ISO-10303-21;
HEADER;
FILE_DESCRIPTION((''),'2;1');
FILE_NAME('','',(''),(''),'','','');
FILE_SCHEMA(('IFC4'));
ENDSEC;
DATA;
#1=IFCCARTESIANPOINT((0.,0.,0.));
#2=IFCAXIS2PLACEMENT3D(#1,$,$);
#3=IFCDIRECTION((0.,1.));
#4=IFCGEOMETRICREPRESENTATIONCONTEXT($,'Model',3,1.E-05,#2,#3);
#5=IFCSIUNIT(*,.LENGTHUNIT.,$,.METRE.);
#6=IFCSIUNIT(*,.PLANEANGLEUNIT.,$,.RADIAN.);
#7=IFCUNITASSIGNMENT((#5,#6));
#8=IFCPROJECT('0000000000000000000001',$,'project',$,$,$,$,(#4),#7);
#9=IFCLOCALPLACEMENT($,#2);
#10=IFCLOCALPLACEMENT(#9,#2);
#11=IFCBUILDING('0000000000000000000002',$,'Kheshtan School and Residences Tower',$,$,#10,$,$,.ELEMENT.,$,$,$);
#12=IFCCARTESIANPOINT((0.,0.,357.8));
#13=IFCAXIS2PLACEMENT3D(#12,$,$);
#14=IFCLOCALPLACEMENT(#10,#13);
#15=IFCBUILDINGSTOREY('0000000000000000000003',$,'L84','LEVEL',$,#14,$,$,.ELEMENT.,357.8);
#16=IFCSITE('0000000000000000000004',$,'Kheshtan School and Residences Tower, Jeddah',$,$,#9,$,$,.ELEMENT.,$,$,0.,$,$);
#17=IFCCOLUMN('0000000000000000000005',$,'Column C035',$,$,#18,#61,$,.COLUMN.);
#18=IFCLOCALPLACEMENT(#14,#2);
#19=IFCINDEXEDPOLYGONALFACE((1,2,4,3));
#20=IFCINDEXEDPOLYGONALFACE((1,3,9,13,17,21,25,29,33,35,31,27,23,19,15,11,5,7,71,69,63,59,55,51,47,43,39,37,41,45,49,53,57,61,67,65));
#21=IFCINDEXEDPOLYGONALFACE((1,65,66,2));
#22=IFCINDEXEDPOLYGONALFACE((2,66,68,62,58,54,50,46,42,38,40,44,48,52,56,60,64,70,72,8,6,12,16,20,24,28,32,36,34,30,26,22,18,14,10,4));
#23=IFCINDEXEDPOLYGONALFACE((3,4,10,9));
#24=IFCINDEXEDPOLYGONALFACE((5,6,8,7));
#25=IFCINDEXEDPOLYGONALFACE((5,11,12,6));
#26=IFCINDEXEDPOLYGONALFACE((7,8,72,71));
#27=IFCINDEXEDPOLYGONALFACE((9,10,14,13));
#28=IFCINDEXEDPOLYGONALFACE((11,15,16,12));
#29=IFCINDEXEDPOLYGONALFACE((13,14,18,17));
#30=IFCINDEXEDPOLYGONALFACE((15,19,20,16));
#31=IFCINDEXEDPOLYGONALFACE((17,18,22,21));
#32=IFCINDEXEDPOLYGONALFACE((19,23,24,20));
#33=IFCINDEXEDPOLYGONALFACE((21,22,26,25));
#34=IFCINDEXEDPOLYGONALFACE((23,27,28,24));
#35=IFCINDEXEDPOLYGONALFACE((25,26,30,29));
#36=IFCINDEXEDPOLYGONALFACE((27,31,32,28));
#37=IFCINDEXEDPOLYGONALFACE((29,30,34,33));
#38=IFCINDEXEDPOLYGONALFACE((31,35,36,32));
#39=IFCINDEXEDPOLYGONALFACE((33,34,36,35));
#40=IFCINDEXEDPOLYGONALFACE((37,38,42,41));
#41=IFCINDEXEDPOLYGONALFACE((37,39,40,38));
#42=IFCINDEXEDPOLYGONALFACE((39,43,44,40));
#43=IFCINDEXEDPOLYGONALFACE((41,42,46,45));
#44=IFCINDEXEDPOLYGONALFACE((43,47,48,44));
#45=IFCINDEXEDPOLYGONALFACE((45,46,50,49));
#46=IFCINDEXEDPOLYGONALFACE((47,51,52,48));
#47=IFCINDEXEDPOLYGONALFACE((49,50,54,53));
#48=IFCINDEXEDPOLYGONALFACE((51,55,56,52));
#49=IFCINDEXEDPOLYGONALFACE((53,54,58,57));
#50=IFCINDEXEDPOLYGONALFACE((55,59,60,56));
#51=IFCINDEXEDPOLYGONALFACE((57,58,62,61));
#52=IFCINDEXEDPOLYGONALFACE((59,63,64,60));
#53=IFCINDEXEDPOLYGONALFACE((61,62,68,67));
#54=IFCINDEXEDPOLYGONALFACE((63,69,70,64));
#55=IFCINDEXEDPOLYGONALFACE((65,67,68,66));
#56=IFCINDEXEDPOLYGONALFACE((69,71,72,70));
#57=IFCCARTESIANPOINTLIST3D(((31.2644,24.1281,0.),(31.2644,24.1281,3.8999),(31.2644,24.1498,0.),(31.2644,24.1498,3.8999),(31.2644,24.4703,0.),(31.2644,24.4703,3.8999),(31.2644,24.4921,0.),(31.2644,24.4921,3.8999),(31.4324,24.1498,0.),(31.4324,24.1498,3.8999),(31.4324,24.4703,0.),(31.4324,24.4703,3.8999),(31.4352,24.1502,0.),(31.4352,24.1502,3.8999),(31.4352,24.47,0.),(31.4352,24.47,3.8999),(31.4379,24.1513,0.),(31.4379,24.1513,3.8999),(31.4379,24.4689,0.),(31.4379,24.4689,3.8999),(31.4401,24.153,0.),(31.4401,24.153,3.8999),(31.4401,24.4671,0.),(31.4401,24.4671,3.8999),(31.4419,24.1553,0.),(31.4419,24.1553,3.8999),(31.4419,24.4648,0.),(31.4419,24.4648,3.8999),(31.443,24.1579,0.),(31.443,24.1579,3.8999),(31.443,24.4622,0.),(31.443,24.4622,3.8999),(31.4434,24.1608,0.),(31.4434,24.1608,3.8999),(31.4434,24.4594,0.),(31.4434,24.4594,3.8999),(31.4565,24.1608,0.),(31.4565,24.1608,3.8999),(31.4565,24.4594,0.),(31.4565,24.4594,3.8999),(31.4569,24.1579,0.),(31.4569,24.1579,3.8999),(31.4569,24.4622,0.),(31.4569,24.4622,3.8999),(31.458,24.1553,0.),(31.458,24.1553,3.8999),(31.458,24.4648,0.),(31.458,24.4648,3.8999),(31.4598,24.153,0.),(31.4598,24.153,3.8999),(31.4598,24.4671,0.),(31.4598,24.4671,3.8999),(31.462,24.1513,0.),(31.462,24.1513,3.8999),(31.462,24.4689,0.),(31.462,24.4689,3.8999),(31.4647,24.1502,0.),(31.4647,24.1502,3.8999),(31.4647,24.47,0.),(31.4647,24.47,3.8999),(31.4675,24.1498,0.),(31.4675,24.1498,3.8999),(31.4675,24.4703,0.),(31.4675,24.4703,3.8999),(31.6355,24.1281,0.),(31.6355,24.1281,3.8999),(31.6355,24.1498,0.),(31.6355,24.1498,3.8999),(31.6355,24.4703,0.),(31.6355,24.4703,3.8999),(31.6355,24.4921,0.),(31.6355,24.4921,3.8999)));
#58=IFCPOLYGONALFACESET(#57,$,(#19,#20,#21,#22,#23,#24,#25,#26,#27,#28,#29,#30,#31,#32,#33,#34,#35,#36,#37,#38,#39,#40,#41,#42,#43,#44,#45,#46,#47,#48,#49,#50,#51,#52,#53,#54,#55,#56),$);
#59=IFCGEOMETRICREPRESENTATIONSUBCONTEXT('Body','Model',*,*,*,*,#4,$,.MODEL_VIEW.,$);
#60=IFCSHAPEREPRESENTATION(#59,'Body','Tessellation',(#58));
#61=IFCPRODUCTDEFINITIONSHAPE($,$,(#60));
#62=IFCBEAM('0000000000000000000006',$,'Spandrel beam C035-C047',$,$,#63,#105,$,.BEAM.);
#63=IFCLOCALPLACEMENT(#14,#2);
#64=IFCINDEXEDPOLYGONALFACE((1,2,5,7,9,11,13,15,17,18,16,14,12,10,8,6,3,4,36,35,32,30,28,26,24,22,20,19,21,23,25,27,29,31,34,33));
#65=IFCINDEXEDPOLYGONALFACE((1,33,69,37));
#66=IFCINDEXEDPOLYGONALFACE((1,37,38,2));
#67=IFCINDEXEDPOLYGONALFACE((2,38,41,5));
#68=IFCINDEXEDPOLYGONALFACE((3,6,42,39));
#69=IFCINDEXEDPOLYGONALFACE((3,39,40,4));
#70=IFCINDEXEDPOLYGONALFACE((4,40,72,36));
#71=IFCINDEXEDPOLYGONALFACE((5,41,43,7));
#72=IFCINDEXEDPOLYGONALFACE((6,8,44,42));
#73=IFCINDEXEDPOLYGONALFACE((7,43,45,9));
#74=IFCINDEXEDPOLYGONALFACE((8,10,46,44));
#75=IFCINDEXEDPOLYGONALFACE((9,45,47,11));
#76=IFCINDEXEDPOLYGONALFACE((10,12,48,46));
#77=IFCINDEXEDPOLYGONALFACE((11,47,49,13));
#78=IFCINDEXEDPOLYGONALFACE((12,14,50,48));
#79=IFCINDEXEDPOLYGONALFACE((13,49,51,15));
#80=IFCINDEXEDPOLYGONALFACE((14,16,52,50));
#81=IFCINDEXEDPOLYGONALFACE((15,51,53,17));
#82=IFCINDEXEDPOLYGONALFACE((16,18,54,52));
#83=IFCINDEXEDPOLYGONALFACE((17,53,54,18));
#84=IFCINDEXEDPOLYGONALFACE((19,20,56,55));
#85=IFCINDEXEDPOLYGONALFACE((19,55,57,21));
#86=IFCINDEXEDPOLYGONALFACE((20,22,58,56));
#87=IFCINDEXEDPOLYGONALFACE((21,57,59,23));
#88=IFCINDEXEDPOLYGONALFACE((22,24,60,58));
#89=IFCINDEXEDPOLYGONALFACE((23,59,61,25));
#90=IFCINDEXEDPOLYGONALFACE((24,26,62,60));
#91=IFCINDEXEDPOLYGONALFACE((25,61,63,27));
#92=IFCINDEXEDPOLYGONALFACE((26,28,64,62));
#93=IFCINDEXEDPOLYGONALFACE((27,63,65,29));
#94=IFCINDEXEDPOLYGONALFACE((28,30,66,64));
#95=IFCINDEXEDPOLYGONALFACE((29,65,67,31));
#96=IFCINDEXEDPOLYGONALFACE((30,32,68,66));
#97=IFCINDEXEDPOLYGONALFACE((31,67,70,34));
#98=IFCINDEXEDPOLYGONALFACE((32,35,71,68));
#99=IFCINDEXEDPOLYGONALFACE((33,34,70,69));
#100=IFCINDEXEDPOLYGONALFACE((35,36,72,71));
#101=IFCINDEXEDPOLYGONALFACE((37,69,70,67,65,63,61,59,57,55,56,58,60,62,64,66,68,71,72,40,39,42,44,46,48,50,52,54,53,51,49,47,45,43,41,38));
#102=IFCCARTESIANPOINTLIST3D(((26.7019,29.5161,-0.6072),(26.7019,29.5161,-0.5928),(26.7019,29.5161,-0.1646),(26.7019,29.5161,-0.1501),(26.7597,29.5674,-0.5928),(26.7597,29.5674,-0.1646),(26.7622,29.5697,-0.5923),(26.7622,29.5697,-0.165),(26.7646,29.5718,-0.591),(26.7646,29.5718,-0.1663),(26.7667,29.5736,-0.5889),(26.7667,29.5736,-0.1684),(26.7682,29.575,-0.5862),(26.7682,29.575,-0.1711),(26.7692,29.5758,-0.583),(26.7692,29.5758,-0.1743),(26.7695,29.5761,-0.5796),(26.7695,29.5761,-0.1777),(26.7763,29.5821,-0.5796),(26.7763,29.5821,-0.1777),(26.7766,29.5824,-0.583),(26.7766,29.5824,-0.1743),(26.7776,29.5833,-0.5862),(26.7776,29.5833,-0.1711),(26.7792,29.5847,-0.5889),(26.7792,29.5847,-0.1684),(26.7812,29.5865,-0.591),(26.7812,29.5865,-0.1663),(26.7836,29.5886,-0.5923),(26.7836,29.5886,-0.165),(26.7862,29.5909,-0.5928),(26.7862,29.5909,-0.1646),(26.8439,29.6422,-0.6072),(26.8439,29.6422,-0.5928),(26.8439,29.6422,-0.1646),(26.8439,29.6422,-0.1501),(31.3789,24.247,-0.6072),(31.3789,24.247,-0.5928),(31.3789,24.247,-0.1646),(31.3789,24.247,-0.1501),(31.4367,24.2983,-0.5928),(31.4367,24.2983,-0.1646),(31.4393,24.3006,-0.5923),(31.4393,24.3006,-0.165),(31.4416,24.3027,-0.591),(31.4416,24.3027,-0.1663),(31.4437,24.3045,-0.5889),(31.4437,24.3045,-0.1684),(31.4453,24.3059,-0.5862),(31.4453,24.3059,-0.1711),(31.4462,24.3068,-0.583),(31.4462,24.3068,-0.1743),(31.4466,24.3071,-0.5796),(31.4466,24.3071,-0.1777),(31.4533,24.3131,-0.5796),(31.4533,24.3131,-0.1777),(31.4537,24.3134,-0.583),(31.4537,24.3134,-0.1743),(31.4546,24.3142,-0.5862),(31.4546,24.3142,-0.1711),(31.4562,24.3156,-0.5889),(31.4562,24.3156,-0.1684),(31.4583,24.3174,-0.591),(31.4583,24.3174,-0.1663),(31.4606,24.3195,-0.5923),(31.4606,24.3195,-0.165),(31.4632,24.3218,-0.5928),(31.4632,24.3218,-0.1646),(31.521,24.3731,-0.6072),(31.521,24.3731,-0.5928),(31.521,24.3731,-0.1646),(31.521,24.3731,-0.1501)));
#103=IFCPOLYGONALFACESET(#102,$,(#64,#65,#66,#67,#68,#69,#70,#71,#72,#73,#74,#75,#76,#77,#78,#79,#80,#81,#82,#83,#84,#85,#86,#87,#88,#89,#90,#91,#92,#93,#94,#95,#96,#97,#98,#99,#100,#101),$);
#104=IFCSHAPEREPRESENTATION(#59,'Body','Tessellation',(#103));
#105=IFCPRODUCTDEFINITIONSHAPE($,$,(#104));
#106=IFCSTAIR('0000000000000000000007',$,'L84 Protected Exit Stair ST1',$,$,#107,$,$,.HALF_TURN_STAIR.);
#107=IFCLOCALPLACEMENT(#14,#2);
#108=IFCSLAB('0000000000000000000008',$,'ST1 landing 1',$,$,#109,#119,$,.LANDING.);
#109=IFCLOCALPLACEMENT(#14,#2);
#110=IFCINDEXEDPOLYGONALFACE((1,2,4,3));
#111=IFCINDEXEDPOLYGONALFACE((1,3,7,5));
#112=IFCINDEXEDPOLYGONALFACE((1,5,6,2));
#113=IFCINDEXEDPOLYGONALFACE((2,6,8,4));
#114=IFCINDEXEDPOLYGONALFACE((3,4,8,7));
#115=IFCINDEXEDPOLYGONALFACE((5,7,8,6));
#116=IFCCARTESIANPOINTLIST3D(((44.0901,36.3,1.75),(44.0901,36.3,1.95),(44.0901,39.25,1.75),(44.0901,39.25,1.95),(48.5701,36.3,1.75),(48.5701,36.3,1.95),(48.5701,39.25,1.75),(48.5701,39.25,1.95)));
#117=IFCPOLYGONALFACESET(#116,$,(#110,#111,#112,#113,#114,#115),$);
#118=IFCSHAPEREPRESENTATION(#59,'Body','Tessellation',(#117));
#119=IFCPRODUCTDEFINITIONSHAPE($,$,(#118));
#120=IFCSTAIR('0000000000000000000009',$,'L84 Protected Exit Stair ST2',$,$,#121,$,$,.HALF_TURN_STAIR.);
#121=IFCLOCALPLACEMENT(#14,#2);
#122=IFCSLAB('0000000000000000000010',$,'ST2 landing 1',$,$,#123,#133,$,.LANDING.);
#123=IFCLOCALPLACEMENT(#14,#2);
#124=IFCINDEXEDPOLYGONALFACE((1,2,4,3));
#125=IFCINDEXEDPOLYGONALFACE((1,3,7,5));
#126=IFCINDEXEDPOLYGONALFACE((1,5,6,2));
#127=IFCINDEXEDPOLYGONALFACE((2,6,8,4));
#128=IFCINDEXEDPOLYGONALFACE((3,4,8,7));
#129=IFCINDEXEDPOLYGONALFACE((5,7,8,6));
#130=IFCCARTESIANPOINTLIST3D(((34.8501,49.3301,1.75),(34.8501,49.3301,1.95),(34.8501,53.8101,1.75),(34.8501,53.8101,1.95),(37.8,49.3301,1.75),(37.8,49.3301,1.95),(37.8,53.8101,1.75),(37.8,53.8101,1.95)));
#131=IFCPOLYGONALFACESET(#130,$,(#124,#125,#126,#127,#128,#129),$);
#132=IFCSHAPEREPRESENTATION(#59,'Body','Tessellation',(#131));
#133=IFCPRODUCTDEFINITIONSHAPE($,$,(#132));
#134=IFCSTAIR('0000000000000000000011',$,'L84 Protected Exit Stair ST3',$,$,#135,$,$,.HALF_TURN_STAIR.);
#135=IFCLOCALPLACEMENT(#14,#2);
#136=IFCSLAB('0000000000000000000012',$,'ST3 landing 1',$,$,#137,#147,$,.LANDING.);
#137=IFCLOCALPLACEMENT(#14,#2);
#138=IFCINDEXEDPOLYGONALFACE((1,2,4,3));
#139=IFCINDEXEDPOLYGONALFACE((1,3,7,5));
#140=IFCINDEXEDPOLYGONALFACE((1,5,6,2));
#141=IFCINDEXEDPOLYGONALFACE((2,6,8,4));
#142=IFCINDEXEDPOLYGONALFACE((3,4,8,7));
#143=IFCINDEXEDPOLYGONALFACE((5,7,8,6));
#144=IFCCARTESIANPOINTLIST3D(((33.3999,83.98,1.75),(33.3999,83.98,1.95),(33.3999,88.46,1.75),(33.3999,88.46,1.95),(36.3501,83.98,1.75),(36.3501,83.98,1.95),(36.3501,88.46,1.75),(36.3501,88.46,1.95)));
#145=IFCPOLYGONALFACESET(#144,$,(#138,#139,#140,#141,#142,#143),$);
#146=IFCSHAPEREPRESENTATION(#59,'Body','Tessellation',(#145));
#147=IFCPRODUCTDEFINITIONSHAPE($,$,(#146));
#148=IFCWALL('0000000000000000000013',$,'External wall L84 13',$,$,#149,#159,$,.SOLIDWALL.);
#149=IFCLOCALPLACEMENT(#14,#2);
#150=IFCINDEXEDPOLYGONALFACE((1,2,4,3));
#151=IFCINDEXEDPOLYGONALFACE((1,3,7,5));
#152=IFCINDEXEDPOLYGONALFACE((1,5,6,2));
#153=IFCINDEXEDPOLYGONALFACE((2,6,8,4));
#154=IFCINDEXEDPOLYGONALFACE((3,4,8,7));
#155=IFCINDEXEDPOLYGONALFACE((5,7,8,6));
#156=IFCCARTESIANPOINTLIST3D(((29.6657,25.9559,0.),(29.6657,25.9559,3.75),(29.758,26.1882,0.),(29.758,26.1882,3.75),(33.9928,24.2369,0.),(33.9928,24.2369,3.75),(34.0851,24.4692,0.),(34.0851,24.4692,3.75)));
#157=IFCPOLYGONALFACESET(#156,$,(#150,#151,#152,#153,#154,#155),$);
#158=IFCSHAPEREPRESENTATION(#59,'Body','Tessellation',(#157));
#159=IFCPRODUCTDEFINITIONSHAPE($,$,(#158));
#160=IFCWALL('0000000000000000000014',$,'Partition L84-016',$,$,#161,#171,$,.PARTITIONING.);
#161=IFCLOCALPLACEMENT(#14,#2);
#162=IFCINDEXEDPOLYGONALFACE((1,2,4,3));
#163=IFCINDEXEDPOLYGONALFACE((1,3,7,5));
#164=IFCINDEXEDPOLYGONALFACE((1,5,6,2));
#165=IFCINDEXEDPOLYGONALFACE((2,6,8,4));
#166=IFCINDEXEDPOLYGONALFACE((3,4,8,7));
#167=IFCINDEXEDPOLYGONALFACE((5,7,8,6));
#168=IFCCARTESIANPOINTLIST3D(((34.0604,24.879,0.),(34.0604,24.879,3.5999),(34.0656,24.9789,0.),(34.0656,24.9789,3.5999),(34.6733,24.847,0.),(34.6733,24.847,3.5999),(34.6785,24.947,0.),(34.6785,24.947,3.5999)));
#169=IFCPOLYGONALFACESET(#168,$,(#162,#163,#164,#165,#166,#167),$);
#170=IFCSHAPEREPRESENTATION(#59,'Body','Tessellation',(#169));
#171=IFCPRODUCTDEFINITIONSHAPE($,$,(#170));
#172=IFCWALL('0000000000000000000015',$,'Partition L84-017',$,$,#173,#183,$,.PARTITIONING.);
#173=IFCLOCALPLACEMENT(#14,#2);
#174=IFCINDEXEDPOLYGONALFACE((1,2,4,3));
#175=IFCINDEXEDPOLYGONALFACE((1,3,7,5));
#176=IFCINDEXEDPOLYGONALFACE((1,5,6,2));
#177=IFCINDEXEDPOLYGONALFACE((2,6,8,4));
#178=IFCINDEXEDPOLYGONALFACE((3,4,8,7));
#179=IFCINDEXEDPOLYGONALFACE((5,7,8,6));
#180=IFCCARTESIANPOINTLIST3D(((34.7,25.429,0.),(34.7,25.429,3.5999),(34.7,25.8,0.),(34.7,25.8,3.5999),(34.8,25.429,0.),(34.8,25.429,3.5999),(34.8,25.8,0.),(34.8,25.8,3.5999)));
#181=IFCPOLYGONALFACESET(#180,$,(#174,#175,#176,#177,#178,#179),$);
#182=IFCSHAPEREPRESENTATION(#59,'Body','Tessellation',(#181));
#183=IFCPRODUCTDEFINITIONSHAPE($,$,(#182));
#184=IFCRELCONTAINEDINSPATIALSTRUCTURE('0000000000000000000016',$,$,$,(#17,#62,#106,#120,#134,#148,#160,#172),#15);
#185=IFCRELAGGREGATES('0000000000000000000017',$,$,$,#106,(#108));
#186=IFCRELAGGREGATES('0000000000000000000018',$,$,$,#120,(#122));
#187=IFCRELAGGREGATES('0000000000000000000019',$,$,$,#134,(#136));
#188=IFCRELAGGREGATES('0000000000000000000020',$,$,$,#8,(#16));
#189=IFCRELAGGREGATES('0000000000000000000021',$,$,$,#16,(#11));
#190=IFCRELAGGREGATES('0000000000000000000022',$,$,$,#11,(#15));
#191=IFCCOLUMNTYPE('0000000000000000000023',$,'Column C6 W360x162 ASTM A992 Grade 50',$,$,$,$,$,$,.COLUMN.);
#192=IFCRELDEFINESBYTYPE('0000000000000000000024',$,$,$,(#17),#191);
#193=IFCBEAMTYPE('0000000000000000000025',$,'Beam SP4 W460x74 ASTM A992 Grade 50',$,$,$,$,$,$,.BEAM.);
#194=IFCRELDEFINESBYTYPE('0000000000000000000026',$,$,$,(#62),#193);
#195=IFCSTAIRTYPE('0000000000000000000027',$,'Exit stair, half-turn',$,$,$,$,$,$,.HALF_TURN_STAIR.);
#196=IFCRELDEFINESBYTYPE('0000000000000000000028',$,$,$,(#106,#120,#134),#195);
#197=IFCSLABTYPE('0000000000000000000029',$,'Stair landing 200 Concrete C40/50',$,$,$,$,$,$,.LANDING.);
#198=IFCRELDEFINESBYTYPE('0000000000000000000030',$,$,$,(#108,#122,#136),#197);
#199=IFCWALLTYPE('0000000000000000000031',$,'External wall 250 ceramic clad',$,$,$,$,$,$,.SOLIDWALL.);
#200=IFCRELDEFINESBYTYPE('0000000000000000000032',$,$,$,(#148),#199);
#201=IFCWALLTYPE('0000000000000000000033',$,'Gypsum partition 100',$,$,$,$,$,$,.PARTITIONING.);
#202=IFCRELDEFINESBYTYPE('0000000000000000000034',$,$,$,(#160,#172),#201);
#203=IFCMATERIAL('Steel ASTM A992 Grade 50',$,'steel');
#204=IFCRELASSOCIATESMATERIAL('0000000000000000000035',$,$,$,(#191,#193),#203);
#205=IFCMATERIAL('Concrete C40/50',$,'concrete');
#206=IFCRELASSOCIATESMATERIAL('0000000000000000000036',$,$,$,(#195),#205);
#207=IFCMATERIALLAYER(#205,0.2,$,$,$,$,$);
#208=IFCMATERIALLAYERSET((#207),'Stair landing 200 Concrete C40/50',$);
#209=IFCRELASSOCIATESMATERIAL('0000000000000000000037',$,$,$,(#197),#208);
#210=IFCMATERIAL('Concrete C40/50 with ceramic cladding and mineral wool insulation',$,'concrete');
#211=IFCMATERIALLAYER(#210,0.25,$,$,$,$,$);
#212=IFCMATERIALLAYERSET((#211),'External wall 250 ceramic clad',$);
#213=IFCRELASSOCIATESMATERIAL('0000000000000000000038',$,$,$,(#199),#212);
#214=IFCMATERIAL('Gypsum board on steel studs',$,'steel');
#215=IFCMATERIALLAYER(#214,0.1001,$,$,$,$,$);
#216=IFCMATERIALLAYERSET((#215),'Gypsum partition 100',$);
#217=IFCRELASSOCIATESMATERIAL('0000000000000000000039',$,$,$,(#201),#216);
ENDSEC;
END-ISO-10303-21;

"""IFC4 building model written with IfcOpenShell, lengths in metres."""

from ifc_helpers import new_model, si_unit, direction, frame, frame_2d, origin, origin_2d, place, context, subcontext, project, spatial, polyline, rectangle, i_section, outline, extrude, material, layer, layer_set, material_profile, profile_set, type_object, element, aggregate, save


model = new_model("IFC4")

# Units and contexts
model_context = context("Model", 3, precision=1e-05, world=origin(), true_north=direction((0.0, 1.0)))
body_context = subcontext(model_context, "Body", "Model", "MODEL_VIEW")
ifc_project = project(units=[si_unit("LENGTHUNIT", "METRE"), si_unit("PLANEANGLEUNIT", "RADIAN")], contexts=[model_context])

# Site, building, storey
site_placement = place(None, origin())
site = spatial("IfcSite", under=ifc_project, at=site_placement, Name="Kheshtan School and Residences Tower, Jeddah", CompositionType="ELEMENT", RefElevation=0.0)
building_placement = place(site_placement, origin())
building = spatial("IfcBuilding", under=site, at=building_placement, Name="Kheshtan School and Residences Tower", CompositionType="ELEMENT")
storey_placement = place(building_placement, frame((0.0, 0.0, 357.8)))
storey = spatial("IfcBuildingStorey", under=building, at=storey_placement, Name="L84", Description="LEVEL", CompositionType="ELEMENT", Elevation=357.8)

# Column
ifc_material_1 = material(Name="Steel ASTM A992 Grade 50", Category="steel")
ifc_material_profile_1 = material_profile(ifc_material_1, i_section(OverallWidth=0.3711, OverallDepth=0.364, WebThickness=0.0132, FlangeThickness=0.0217, FilletRadius=0.011, at=origin_2d()), Name="W360x162")
ifc_profile_set_1 = profile_set([ifc_material_profile_1], Name="Steel ASTM A992 Grade 50")
column_type = type_object("IfcColumnType", Name="Column C6 W360x162 ASTM A992 Grade 50", PredefinedType="COLUMN", material=ifc_profile_set_1)
column_placement = place(storey_placement, frame((31.45, 24.3101, 0.0), z_axis=(0.0, 0.0, 1.0), x_axis=(1.0, 0.0, 0.0)))
element("IfcColumn", 1, at=column_placement, inside=storey, type_object=column_type, Name="Column C035", PredefinedType="COLUMN", context=body_context, shape_type="SweptSolid", body=[
    extrude(i_section(OverallWidth=0.3711, OverallDepth=0.364, WebThickness=0.0132, FlangeThickness=0.0217, FilletRadius=0.011, at=origin_2d()), origin(), (0.0, 0.0, 1.0), 3.8999),
])

# Beam
ifc_material_profile_2 = material_profile(ifc_material_1, i_section(OverallWidth=0.1899, OverallDepth=0.457, WebThickness=0.009, FlangeThickness=0.0144, FilletRadius=0.0132, at=origin_2d()), Name="W460x74")
ifc_profile_set_2 = profile_set([ifc_material_profile_2], Name="Steel ASTM A992 Grade 50")
beam_type = type_object("IfcBeamType", Name="Beam SP4 W460x74 ASTM A992 Grade 50", PredefinedType="BEAM", material=ifc_profile_set_2)
beam_placement = place(storey_placement, frame((31.45, 24.3101, -0.3787), z_axis=(-0.663841, 0.747874, 0.0), x_axis=(-0.747874, -0.663841, 0.0)))
element("IfcBeam", 2, at=beam_placement, inside=storey, type_object=beam_type, Name="Spandrel beam C035-C047", PredefinedType="BEAM", context=body_context, shape_type="SweptSolid", body=[
    extrude(i_section(OverallWidth=0.1899, OverallDepth=0.457, WebThickness=0.009, FlangeThickness=0.0144, FilletRadius=0.0132, at=origin_2d()), origin(), (0.0, 0.0, 1.0), 7.0454),
])

# Shared definitions
ifc_material_2 = material(Name="Concrete C40/50", Category="concrete")

# Stairs, slabs
stair_type = type_object("IfcStairType", Name="Exit stair, half-turn", PredefinedType="HALF_TURN_STAIR", material=ifc_material_2)
stair_1_placement = place(storey_placement, origin())
stair_1 = element("IfcStair", 3, at=stair_1_placement, inside=storey, type_object=stair_type, Name="L84 Protected Exit Stair ST1", PredefinedType="HALF_TURN_STAIR")
ifc_layer_1 = layer(ifc_material_2, 0.2)
ifc_layer_set_1 = layer_set([ifc_layer_1], Name="Stair landing 200 Concrete C40/50")
slab_type_1 = type_object("IfcSlabType", Name="Stair landing 200 Concrete C40/50", PredefinedType="LANDING", material=ifc_layer_set_1)
slab_1_placement = place(storey_placement, frame((0.0, 0.0, 1.75)))
slab_1 = element("IfcSlab", 4, at=slab_1_placement, type_object=slab_type_1, Name="ST1 landing 1", PredefinedType="LANDING", context=body_context, shape_type="SweptSolid", body=[
    extrude(outline(polyline([(48.5701, 39.25), (44.0901, 39.25), (44.0901, 36.3), (48.5701, 36.3), (48.5701, 39.25)])), origin(), (0.0, 0.0, 1.0), 0.2),
])
aggregate(stair_1, [slab_1])
stair_2_placement = place(storey_placement, origin())
stair_2 = element("IfcStair", 5, at=stair_2_placement, inside=storey, type_object=stair_type, Name="L84 Protected Exit Stair ST2", PredefinedType="HALF_TURN_STAIR")
slab_2_placement = place(storey_placement, frame((0.0, 0.0, 1.75)))
slab_2 = element("IfcSlab", 6, at=slab_2_placement, type_object=slab_type_1, Name="ST2 landing 1", PredefinedType="LANDING", context=body_context, shape_type="SweptSolid", body=[
    extrude(outline(polyline([(37.8, 49.3301), (37.8, 53.8101), (34.8501, 53.8101), (34.8501, 49.3301), (37.8, 49.3301)])), origin(), (0.0, 0.0, 1.0), 0.2),
])
aggregate(stair_2, [slab_2])
stair_3_placement = place(storey_placement, origin())
stair_3 = element("IfcStair", 7, at=stair_3_placement, inside=storey, type_object=stair_type, Name="L84 Protected Exit Stair ST3", PredefinedType="HALF_TURN_STAIR")
slab_3_placement = place(storey_placement, frame((0.0, 0.0, 1.75)))
slab_3 = element("IfcSlab", 8, at=slab_3_placement, type_object=slab_type_1, Name="ST3 landing 1", PredefinedType="LANDING", context=body_context, shape_type="SweptSolid", body=[
    extrude(outline(polyline([(36.3501, 83.98), (36.3501, 88.46), (33.3999, 88.46), (33.3999, 83.98), (36.3501, 83.98)])), origin(), (0.0, 0.0, 1.0), 0.2),
])
aggregate(stair_3, [slab_3])

# Walls
ifc_material_3 = material(Name="Concrete C40/50 with ceramic cladding and mineral wool insulation", Category="concrete")
ifc_layer_2 = layer(ifc_material_3, 0.25)
ifc_layer_set_2 = layer_set([ifc_layer_2], Name="External wall 250 ceramic clad")
wall_type_1 = type_object("IfcWallType", Name="External wall 250 ceramic clad", PredefinedType="SOLIDWALL", material=ifc_layer_set_2)
wall_1_placement = place(storey_placement, frame((34.0391, 24.353, 0.0), z_axis=(0.0, 0.0, 1.0), x_axis=(-0.929353, 0.369193, 0.0)))
element("IfcWall", 9, at=wall_1_placement, inside=storey, type_object=wall_type_1, Name="External wall L84 13", PredefinedType="SOLIDWALL", context=body_context, shape_type="SweptSolid", body=[
    extrude(rectangle(XDim=4.656, YDim=0.25, at=frame_2d((2.3281, 0.0))), origin(), (0.0, 0.0, 1.0), 3.75),
])
ifc_material_4 = material(Name="Gypsum board on steel studs", Category="steel")
ifc_layer_3 = layer(ifc_material_4, 0.1001)
ifc_layer_set_3 = layer_set([ifc_layer_3], Name="Gypsum partition 100")
wall_type_2 = type_object("IfcWallType", Name="Gypsum partition 100", PredefinedType="PARTITIONING", material=ifc_layer_set_3)
wall_2_placement = place(storey_placement, frame((34.063, 24.929, 0.0), z_axis=(0.0, 0.0, 1.0), x_axis=(0.998642, -0.0521, 0.0)))
element("IfcWall", 10, at=wall_2_placement, inside=storey, type_object=wall_type_2, Name="Partition L84-016", PredefinedType="PARTITIONING", context=body_context, shape_type="SweptSolid", body=[
    extrude(rectangle(XDim=0.6138, YDim=0.1001, at=frame_2d((0.3069, 0.0))), origin(), (0.0, 0.0, 1.0), 3.5999),
])
wall_3_placement = place(storey_placement, frame((34.75, 25.429, 0.0), z_axis=(0.0, 0.0, 1.0), x_axis=(0.0, 1.0, 0.0)))
element("IfcWall", 11, at=wall_3_placement, inside=storey, type_object=wall_type_2, Name="Partition L84-017", PredefinedType="PARTITIONING", context=body_context, shape_type="SweptSolid", body=[
    extrude(rectangle(XDim=0.3711, YDim=0.1001, at=frame_2d((0.1855, 0.0))), origin(), (0.0, 0.0, 1.0), 3.5999),
])

save(model, "model.ifc")
